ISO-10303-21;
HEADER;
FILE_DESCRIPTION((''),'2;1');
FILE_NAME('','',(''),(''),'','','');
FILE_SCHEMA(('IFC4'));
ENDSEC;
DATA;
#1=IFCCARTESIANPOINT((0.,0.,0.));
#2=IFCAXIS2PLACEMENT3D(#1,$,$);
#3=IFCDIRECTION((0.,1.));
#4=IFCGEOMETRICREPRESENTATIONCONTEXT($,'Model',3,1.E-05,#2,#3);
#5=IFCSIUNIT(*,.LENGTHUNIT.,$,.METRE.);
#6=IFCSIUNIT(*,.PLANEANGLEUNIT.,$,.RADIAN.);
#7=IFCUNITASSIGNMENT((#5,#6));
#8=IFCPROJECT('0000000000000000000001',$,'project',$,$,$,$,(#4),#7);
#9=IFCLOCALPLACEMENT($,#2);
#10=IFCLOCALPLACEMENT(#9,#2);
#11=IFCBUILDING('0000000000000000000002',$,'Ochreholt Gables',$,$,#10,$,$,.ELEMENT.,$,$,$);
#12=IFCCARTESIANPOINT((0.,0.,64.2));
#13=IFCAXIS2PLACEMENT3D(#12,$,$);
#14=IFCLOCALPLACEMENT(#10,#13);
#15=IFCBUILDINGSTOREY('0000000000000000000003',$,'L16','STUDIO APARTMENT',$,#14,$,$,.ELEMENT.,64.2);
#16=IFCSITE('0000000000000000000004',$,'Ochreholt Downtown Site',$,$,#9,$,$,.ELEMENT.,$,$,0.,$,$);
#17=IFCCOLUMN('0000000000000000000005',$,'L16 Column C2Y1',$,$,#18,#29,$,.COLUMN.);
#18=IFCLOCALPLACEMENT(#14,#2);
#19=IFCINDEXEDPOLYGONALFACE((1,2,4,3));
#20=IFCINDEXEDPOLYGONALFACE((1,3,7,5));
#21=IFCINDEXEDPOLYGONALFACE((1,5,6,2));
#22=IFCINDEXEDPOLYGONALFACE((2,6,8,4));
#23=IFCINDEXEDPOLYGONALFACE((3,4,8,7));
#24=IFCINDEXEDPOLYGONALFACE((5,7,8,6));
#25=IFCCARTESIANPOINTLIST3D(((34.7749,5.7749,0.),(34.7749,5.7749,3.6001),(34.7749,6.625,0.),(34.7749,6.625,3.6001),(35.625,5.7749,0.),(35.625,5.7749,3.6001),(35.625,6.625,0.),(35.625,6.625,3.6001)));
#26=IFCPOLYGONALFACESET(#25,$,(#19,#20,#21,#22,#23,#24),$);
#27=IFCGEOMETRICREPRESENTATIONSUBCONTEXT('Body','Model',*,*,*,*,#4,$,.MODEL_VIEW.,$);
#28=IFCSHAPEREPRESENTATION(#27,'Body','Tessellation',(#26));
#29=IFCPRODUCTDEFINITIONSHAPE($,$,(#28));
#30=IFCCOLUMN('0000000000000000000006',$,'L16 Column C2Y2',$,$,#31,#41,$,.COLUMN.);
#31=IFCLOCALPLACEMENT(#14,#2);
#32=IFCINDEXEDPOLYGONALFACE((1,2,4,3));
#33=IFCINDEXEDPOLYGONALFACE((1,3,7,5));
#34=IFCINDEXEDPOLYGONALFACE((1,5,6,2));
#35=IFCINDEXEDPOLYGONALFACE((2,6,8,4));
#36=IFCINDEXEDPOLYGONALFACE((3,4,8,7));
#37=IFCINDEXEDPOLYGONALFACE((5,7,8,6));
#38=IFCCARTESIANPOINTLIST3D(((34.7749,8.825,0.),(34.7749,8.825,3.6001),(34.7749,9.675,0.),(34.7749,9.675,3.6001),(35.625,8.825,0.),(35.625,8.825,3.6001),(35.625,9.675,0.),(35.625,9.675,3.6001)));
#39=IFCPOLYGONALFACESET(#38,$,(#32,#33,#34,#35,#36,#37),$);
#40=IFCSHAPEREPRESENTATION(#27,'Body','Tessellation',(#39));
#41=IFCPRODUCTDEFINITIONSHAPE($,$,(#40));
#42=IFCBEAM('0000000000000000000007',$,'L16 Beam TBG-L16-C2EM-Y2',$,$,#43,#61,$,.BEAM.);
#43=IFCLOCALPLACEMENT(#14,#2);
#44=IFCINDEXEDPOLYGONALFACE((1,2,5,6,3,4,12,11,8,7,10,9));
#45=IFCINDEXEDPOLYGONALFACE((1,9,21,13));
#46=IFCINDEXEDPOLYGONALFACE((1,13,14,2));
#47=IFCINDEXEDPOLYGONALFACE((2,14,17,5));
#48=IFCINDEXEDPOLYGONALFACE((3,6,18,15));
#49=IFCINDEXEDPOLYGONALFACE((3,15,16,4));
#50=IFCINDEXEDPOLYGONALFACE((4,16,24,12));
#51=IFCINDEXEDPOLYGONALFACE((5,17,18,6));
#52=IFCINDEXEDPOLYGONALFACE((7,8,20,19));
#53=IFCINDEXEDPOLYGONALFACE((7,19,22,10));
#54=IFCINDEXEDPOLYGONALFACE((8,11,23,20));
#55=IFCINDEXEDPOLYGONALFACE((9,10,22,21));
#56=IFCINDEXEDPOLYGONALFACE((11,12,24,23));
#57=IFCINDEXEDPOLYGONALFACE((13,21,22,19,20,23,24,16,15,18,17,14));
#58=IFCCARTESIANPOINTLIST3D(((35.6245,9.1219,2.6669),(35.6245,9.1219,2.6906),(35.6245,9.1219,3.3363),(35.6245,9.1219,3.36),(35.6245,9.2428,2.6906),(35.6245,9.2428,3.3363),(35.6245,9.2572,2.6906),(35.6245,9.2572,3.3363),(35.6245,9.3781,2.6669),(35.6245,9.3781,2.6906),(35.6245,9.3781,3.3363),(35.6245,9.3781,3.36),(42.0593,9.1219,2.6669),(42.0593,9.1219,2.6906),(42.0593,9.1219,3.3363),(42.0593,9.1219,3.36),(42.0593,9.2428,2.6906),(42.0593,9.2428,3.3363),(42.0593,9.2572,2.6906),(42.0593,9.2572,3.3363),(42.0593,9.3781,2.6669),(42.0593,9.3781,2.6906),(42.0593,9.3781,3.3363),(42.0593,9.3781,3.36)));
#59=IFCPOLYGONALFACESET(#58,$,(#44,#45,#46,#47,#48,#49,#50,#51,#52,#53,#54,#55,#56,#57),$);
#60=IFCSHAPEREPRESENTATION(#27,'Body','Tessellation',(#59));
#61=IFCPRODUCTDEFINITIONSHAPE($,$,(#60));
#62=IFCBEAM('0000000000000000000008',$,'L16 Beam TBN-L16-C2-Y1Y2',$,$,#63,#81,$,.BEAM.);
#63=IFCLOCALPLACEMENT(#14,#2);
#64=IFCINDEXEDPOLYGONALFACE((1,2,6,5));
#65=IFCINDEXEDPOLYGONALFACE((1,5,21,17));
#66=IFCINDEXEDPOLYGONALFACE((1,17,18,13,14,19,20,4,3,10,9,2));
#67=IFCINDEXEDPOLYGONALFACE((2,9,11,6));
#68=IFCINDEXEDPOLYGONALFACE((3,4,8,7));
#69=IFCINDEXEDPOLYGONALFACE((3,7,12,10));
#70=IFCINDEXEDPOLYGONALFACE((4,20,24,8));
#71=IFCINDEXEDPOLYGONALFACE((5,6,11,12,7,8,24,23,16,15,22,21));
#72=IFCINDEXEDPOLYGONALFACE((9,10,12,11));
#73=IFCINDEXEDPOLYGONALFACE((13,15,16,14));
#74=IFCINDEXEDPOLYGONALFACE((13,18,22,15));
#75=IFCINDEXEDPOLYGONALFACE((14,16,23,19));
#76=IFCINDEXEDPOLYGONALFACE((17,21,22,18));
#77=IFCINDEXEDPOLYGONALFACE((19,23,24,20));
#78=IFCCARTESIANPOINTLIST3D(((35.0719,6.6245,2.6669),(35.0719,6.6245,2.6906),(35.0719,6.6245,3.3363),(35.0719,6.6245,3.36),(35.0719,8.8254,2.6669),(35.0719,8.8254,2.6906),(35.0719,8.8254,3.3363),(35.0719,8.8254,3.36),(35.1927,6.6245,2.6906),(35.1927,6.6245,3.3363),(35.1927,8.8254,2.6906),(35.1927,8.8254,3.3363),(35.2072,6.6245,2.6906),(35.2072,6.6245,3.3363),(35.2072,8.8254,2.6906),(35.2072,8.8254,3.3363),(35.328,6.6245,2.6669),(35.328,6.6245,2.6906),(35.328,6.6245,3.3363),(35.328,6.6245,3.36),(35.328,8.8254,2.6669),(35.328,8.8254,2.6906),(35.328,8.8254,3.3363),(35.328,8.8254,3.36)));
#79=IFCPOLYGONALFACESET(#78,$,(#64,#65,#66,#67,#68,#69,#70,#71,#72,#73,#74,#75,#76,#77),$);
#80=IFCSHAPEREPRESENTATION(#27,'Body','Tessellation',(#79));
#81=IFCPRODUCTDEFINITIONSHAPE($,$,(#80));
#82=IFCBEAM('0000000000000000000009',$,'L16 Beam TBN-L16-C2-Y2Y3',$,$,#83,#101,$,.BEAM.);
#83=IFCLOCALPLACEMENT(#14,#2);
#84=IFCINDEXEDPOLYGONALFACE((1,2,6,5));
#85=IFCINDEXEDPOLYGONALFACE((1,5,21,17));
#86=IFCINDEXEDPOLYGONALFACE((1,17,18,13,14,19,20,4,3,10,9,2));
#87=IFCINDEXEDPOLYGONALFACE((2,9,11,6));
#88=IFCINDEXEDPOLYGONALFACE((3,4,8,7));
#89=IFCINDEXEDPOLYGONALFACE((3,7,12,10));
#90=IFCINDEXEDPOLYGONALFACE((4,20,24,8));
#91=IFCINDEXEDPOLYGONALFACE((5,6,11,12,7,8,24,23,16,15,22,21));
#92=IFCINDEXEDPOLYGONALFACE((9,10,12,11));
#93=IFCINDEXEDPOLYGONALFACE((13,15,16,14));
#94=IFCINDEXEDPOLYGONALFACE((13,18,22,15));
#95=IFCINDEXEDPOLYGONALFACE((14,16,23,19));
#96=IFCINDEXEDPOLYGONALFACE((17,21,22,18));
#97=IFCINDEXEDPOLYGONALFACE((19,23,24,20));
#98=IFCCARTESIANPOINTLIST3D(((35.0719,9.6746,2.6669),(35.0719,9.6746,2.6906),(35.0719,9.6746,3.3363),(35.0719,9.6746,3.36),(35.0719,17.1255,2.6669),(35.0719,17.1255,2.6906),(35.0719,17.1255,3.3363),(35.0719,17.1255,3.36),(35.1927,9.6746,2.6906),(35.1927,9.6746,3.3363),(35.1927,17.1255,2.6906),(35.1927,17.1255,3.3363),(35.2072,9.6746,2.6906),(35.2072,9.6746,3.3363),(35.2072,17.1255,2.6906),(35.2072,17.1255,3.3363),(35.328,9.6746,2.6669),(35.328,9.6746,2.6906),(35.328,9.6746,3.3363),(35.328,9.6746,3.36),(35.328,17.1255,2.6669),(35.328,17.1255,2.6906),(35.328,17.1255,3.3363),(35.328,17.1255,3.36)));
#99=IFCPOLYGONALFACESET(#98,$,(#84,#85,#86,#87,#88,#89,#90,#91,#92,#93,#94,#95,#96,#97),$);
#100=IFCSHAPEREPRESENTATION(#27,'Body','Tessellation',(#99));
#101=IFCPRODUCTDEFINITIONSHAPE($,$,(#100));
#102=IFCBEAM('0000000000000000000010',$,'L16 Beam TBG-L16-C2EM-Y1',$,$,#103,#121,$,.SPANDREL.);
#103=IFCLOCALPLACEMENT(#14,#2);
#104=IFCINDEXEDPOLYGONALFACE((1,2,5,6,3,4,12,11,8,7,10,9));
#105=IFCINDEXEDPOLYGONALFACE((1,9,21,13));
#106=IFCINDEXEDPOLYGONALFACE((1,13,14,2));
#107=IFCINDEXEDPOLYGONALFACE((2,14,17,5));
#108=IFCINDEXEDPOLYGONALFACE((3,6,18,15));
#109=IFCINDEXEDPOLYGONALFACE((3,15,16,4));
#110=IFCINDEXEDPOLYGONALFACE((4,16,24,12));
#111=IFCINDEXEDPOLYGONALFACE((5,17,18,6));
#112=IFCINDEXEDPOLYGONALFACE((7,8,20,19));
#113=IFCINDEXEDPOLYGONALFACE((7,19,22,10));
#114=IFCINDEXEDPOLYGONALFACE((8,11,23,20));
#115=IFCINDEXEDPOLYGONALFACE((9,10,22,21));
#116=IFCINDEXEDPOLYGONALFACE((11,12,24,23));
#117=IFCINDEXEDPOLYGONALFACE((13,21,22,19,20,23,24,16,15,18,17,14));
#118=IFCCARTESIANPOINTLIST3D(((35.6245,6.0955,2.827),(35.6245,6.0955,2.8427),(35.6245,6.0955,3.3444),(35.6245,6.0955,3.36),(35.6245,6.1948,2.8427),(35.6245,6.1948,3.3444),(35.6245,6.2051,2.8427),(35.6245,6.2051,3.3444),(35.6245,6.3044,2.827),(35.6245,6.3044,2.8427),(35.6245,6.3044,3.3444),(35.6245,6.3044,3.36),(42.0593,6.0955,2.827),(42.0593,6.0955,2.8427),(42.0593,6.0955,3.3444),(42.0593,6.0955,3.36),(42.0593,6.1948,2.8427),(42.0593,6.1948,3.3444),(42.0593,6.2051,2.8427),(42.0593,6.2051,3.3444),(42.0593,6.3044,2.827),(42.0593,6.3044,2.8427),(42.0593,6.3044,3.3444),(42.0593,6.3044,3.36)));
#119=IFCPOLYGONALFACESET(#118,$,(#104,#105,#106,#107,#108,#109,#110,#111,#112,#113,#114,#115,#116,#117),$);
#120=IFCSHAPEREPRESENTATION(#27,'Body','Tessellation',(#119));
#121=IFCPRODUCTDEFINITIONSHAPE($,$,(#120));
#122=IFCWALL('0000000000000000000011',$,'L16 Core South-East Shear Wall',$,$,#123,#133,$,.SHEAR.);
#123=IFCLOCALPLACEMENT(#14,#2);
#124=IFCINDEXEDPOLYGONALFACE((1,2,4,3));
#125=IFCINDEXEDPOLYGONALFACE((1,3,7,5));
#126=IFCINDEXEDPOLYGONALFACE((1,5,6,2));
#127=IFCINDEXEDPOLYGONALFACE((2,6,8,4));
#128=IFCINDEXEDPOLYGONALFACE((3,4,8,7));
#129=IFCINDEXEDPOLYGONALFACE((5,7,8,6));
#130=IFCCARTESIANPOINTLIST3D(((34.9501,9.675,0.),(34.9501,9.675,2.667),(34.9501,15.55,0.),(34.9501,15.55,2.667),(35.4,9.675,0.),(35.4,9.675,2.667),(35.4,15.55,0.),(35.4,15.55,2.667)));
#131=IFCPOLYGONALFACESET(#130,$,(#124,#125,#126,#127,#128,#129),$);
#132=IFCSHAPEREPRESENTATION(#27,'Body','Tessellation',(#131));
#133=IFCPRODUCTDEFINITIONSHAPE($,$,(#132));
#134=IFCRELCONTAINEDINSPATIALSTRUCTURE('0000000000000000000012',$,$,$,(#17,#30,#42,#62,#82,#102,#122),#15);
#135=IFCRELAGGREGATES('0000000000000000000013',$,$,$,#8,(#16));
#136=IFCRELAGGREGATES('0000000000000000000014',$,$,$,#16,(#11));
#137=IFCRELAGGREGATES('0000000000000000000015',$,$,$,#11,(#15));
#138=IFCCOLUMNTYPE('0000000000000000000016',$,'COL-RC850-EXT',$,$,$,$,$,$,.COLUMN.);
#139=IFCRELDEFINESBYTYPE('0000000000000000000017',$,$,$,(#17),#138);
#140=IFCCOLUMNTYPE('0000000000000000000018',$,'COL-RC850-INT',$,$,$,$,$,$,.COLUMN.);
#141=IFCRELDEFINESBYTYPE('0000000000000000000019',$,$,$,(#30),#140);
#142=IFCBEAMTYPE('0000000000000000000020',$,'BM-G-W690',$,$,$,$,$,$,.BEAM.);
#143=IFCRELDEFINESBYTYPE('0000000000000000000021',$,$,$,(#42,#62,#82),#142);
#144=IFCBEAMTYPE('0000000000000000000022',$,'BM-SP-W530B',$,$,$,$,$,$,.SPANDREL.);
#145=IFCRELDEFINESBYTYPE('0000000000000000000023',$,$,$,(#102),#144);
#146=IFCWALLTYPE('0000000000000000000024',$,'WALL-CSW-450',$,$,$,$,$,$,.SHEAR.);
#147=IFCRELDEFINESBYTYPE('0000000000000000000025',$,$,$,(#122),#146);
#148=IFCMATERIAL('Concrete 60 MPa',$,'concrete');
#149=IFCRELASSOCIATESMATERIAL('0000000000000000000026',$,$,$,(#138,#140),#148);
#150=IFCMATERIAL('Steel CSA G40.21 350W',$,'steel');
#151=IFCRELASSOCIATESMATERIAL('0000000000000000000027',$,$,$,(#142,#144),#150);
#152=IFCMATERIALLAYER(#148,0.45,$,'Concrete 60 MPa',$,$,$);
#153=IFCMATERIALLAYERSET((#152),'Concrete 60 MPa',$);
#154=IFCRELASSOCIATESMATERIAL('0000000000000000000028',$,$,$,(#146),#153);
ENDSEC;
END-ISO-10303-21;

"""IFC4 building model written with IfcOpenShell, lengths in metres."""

from ifc_helpers import new_model, si_unit, direction, frame, frame_2d, origin, origin_2d, place, context, subcontext, project, spatial, rectangle, i_section, extrude, material, layer, layer_set, material_profile, profile_set, type_object, element, save


model = new_model("IFC4")

# Units and contexts
model_context = context("Model", 3, precision=1e-05, world=origin(), true_north=direction((0.0, 1.0)))
body_context = subcontext(model_context, "Body", "Model", "MODEL_VIEW")
ifc_project = project(units=[si_unit("LENGTHUNIT", "METRE"), si_unit("PLANEANGLEUNIT", "RADIAN")], contexts=[model_context])

# Site, building, storey
site_placement = place(None, origin())
site = spatial("IfcSite", under=ifc_project, at=site_placement, Name="Ochreholt Downtown Site", CompositionType="ELEMENT", RefElevation=0.0)
building_placement = place(site_placement, origin())
building = spatial("IfcBuilding", under=site, at=building_placement, Name="Ochreholt Gables", CompositionType="ELEMENT")
storey_placement = place(building_placement, frame((0.0, 0.0, 64.2)))
storey = spatial("IfcBuildingStorey", under=building, at=storey_placement, Name="L16", Description="STUDIO APARTMENT", CompositionType="ELEMENT", Elevation=64.2)

# Columns
ifc_material_1 = material(Name="Concrete 60 MPa", Category="concrete")
ifc_material_profile_1 = material_profile(ifc_material_1, rectangle(XDim=0.8501, YDim=0.8501, at=origin_2d()), Name="RC850X850")
ifc_profile_set_1 = profile_set([ifc_material_profile_1], Name="Concrete 60 MPa")
column_type_1 = type_object("IfcColumnType", Name="COL-RC850-EXT", PredefinedType="COLUMN", material=ifc_profile_set_1)
column_1_placement = place(storey_placement, frame((35.2, 6.2, 0.0), z_axis=(0.0, 0.0, 1.0), x_axis=(1.0, 0.0, 0.0)))
element("IfcColumn", 1, at=column_1_placement, inside=storey, type_object=column_type_1, Name="L16 Column C2Y1", PredefinedType="COLUMN", context=body_context, shape_type="SweptSolid", body=[
    extrude(rectangle(XDim=0.8501, YDim=0.8501, at=origin_2d()), origin(), (0.0, 0.0, 1.0), 3.6001),
])
ifc_material_profile_2 = material_profile(ifc_material_1, rectangle(XDim=0.8501, YDim=0.8501, at=origin_2d()), Name="RC850X850")
ifc_profile_set_2 = profile_set([ifc_material_profile_2], Name="Concrete 60 MPa")
column_type_2 = type_object("IfcColumnType", Name="COL-RC850-INT", PredefinedType="COLUMN", material=ifc_profile_set_2)
column_2_placement = place(storey_placement, frame((35.2, 9.25, 0.0), z_axis=(0.0, 0.0, 1.0), x_axis=(1.0, 0.0, 0.0)))
element("IfcColumn", 2, at=column_2_placement, inside=storey, type_object=column_type_2, Name="L16 Column C2Y2", PredefinedType="COLUMN", context=body_context, shape_type="SweptSolid", body=[
    extrude(rectangle(XDim=0.8501, YDim=0.8501, at=origin_2d()), origin(), (0.0, 0.0, 1.0), 3.6001),
])

# Beams
ifc_material_2 = material(Name="Steel CSA G40.21 350W", Category="steel")
ifc_material_profile_3 = material_profile(ifc_material_2, i_section(OverallWidth=0.2561, OverallDepth=0.6931, WebThickness=0.0144, FlangeThickness=0.0237, at=origin_2d()), Name="W690X170")
ifc_profile_set_3 = profile_set([ifc_material_profile_3], Name="Steel CSA G40.21 350W")
beam_type_1 = type_object("IfcBeamType", Name="BM-G-W690", PredefinedType="BEAM", material=ifc_profile_set_3)
beam_1_placement = place(storey_placement, frame((35.6245, 9.25, 3.0134), z_axis=(1.0, 0.0, 0.0), x_axis=(0.0, 1.0, 0.0)))
element("IfcBeam", 3, at=beam_1_placement, inside=storey, type_object=beam_type_1, Name="L16 Beam TBG-L16-C2EM-Y2", PredefinedType="BEAM", context=body_context, shape_type="SweptSolid", body=[
    extrude(i_section(OverallWidth=0.2561, OverallDepth=0.6931, WebThickness=0.0144, FlangeThickness=0.0237, at=origin_2d()), origin(), (0.0, 0.0, 1.0), 6.4348),
])
beam_2_placement = place(storey_placement, frame((35.2, 6.6245, 3.0134), z_axis=(0.0, 1.0, 0.0), x_axis=(-1.0, 0.0, 0.0)))
element("IfcBeam", 4, at=beam_2_placement, inside=storey, type_object=beam_type_1, Name="L16 Beam TBN-L16-C2-Y1Y2", PredefinedType="BEAM", context=body_context, shape_type="SweptSolid", body=[
    extrude(i_section(OverallWidth=0.2561, OverallDepth=0.6931, WebThickness=0.0144, FlangeThickness=0.0237, at=origin_2d()), origin(), (0.0, 0.0, 1.0), 2.2009),
])
beam_3_placement = place(storey_placement, frame((35.2, 9.6746, 3.0134), z_axis=(0.0, 1.0, 0.0), x_axis=(-1.0, 0.0, 0.0)))
element("IfcBeam", 5, at=beam_3_placement, inside=storey, type_object=beam_type_1, Name="L16 Beam TBN-L16-C2-Y2Y3", PredefinedType="BEAM", context=body_context, shape_type="SweptSolid", body=[
    extrude(i_section(OverallWidth=0.2561, OverallDepth=0.6931, WebThickness=0.0144, FlangeThickness=0.0237, at=origin_2d()), origin(), (0.0, 0.0, 1.0), 7.4509),
])
ifc_material_profile_4 = material_profile(ifc_material_2, i_section(OverallWidth=0.209, OverallDepth=0.533, WebThickness=0.0103, FlangeThickness=0.0156, at=origin_2d()), Name="W530X92")
ifc_profile_set_4 = profile_set([ifc_material_profile_4], Name="Steel CSA G40.21 350W")
beam_type_2 = type_object("IfcBeamType", Name="BM-SP-W530B", PredefinedType="SPANDREL", material=ifc_profile_set_4)
beam_4_placement = place(storey_placement, frame((35.6245, 6.2, 3.0935), z_axis=(1.0, 0.0, 0.0), x_axis=(0.0, 1.0, 0.0)))
element("IfcBeam", 6, at=beam_4_placement, inside=storey, type_object=beam_type_2, Name="L16 Beam TBG-L16-C2EM-Y1", PredefinedType="SPANDREL", context=body_context, shape_type="SweptSolid", body=[
    extrude(i_section(OverallWidth=0.209, OverallDepth=0.533, WebThickness=0.0103, FlangeThickness=0.0156, at=origin_2d()), origin(), (0.0, 0.0, 1.0), 6.4348),
])

# Wall
ifc_layer_1 = layer(ifc_material_1, 0.45, Name="Concrete 60 MPa")
ifc_layer_set_1 = layer_set([ifc_layer_1], Name="Concrete 60 MPa")
wall_type_1 = type_object("IfcWallType", Name="WALL-CSW-450", PredefinedType="SHEAR", material=ifc_layer_set_1)
wall_1_placement = place(storey_placement, frame((35.175, 9.675, 0.0), z_axis=(0.0, 0.0, 1.0), x_axis=(0.0, 1.0, 0.0)))
element("IfcWall", 7, at=wall_1_placement, inside=storey, type_object=wall_type_1, Name="L16 Core South-East Shear Wall", PredefinedType="SHEAR", context=body_context, shape_type="SweptSolid", body=[
    extrude(rectangle(XDim=5.875, YDim=0.45, at=frame_2d((2.9375, 0.0))), origin(), (0.0, 0.0, 1.0), 2.667),
])

save(model, "model.ifc")
